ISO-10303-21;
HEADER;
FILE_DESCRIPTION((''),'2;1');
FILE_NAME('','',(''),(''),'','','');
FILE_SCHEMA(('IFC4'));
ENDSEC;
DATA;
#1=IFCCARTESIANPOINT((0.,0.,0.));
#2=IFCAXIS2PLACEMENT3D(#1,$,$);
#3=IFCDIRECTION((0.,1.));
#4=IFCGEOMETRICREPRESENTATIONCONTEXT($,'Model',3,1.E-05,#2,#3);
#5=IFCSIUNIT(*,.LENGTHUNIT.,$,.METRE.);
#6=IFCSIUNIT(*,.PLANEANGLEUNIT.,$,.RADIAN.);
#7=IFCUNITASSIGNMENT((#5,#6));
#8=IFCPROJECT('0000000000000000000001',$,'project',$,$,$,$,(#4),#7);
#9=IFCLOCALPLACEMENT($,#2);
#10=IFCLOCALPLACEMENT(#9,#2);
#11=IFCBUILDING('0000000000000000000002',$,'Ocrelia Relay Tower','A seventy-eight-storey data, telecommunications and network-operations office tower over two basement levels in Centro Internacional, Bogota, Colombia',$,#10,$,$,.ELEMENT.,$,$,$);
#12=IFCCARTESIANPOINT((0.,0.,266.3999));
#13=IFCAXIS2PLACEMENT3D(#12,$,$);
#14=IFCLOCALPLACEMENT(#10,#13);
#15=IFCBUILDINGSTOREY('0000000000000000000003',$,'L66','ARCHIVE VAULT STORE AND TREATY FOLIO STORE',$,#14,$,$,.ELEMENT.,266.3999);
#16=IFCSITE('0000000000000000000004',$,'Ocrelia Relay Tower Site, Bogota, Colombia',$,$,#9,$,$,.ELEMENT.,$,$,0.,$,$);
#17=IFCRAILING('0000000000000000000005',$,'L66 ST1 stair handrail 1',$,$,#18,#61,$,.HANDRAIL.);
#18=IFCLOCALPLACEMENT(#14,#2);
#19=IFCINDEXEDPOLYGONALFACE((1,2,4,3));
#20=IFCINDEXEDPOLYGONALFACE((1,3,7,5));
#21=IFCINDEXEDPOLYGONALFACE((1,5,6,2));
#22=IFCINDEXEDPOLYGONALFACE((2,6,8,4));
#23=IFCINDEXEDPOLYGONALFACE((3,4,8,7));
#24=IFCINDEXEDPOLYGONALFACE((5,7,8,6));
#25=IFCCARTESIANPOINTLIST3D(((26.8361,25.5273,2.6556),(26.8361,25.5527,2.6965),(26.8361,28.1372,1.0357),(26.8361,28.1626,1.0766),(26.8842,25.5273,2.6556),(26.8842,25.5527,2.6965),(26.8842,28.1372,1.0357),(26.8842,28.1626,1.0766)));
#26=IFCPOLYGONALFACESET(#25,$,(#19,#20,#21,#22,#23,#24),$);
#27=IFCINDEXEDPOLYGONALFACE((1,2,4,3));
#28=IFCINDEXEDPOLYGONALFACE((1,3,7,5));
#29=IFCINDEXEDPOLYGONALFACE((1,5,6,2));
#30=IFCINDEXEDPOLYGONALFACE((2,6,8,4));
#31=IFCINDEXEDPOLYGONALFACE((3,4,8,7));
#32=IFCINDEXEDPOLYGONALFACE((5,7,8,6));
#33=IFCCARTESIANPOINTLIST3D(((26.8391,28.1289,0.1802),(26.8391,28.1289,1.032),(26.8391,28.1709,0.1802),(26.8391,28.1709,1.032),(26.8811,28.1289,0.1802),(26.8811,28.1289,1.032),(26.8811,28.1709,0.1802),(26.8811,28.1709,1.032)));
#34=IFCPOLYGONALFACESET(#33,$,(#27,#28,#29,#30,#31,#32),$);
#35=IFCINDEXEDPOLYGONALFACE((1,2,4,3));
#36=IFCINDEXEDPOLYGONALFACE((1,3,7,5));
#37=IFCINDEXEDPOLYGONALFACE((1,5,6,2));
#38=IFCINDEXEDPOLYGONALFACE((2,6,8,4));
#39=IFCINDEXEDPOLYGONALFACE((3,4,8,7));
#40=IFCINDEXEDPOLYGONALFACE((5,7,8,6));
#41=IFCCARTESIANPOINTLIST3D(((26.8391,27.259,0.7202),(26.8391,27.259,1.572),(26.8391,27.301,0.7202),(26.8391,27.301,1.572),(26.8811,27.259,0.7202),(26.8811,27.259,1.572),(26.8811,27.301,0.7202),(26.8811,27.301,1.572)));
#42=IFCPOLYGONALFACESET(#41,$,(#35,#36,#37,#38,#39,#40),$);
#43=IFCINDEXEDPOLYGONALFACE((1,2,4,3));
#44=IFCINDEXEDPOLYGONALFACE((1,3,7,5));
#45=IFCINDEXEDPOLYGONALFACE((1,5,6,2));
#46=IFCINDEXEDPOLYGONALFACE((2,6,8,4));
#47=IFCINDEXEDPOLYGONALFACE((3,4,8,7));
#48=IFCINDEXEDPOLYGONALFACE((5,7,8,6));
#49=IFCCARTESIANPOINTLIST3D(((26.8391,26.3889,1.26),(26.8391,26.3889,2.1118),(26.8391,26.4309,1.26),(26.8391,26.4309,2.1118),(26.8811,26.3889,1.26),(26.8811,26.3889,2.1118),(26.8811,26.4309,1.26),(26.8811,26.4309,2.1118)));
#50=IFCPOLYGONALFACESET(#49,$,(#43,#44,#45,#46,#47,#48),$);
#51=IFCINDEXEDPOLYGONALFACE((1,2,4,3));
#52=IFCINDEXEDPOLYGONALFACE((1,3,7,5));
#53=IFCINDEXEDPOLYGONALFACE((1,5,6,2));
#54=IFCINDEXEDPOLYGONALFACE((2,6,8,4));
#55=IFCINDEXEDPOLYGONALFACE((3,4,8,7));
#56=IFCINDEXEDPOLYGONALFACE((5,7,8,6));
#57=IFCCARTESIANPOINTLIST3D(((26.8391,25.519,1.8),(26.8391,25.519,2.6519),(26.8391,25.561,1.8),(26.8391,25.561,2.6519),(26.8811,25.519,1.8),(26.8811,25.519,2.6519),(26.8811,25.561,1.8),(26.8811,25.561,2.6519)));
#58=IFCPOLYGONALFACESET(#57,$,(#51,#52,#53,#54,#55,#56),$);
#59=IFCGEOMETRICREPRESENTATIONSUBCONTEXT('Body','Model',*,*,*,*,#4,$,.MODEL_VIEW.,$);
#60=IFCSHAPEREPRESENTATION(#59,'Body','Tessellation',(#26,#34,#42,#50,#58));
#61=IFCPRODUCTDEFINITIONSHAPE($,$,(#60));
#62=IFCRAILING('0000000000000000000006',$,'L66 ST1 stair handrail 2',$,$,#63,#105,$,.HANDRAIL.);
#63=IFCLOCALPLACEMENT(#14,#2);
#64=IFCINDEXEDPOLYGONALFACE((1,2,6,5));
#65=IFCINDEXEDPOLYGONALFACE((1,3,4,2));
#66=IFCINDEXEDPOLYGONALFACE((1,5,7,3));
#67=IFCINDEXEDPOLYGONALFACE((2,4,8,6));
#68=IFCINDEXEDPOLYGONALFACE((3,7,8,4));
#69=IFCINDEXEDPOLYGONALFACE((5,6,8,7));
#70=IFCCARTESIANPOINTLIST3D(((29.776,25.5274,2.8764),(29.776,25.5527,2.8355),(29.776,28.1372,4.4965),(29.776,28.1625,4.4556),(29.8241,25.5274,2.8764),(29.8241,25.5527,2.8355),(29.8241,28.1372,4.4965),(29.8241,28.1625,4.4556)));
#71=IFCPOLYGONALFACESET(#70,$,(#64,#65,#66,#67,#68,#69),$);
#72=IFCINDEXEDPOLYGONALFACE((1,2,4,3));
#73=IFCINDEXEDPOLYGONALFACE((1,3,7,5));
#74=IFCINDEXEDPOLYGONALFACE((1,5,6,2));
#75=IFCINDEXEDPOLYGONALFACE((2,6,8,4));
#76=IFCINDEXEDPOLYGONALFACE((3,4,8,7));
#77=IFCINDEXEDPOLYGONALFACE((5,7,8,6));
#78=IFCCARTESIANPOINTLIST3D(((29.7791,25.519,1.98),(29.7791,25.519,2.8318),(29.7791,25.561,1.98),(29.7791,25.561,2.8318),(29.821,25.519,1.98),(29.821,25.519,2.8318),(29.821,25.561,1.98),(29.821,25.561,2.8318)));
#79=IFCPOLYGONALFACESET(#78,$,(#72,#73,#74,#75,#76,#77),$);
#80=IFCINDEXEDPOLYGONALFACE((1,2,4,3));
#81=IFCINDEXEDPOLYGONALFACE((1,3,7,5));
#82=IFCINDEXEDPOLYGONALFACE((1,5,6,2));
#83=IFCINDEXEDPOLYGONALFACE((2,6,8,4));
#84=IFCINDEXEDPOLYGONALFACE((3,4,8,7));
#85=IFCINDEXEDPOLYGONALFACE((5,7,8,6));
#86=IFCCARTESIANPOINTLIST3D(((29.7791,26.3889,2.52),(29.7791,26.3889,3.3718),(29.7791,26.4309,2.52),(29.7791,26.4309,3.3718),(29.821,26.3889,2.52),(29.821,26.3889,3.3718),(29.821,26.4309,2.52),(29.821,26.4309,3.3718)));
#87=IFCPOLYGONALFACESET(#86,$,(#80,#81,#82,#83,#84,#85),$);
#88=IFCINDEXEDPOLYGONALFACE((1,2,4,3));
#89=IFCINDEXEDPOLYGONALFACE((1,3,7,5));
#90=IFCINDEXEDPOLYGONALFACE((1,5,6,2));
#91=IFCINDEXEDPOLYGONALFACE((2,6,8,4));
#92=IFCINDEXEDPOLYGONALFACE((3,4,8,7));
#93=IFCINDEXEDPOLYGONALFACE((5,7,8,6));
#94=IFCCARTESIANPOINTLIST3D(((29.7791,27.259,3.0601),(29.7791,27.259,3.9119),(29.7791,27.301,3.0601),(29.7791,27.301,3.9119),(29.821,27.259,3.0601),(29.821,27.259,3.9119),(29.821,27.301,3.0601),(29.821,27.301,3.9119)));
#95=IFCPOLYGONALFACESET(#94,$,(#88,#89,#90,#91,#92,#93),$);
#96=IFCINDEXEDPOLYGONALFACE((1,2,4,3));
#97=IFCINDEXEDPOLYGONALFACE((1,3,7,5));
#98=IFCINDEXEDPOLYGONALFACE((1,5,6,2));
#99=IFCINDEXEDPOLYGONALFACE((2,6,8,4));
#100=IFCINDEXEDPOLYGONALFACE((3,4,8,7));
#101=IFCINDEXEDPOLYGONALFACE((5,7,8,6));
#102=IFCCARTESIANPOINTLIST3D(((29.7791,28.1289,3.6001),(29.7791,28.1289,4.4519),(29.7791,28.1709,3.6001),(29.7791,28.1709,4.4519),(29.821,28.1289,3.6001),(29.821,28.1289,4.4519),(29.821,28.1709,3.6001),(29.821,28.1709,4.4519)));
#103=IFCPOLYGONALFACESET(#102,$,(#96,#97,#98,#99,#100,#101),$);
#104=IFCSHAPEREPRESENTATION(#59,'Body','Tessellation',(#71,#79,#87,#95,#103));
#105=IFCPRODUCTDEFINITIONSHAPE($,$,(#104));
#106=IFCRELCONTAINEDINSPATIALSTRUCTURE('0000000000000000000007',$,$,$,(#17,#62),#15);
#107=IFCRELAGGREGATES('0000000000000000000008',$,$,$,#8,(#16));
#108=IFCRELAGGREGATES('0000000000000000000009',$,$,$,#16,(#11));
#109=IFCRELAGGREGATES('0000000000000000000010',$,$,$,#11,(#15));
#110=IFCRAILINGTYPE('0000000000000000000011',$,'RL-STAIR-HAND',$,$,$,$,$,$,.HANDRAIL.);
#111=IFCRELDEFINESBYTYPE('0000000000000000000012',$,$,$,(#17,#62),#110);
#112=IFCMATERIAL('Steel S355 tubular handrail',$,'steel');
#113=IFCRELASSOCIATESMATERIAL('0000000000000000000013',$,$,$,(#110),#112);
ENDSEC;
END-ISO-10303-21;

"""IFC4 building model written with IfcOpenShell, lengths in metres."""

from ifc_helpers import new_model, si_unit, direction, frame, origin, origin_2d, place, context, subcontext, project, spatial, rectangle, extrude, material, type_object, element, save


model = new_model("IFC4")

# Units and contexts
model_context = context("Model", 3, precision=1e-05, world=origin(), true_north=direction((0.0, 1.0)))
body_context = subcontext(model_context, "Body", "Model", "MODEL_VIEW")
ifc_project = project(units=[si_unit("LENGTHUNIT", "METRE"), si_unit("PLANEANGLEUNIT", "RADIAN")], contexts=[model_context])

# Site, building, storey
site_placement = place(None, origin())
site = spatial("IfcSite", under=ifc_project, at=site_placement, Name="Ocrelia Relay Tower Site, Bogota, Colombia", CompositionType="ELEMENT", RefElevation=0.0)
building_placement = place(site_placement, origin())
building = spatial("IfcBuilding", under=site, at=building_placement, Name="Ocrelia Relay Tower", Description="A seventy-eight-storey data, telecommunications and network-operations office tower over two basement levels in Centro Internacional, Bogota, Colombia", CompositionType="ELEMENT")
storey_placement = place(building_placement, frame((0.0, 0.0, 266.3999)))
storey = spatial("IfcBuildingStorey", under=building, at=storey_placement, Name="L66", Description="ARCHIVE VAULT STORE AND TREATY FOLIO STORE", CompositionType="ELEMENT", Elevation=266.3999)

# Railings
ifc_material_1 = material(Name="Steel S355 tubular handrail", Category="steel")
railing_type_1 = type_object("IfcRailingType", Name="RL-STAIR-HAND", PredefinedType="HANDRAIL", material=ifc_material_1)
railing_1_placement = place(storey_placement, frame((26.8601, 28.1499, 0.1802)))
element("IfcRailing", 1, at=railing_1_placement, inside=storey, type_object=railing_type_1, Name="L66 ST1 stair handrail 1", PredefinedType="HANDRAIL", context=body_context, shape_type="SweptSolid", body=[
    extrude(rectangle(XDim=0.0481, YDim=0.0481, at=origin_2d()), frame((0.0, 0.0, 0.876), z_axis=(0.0, -0.849646, 0.527353), x_axis=(1.0, 0.0, 0.0)), (0.0, 0.0, 1.0), 3.0718),
    extrude(rectangle(XDim=0.042, YDim=0.042, at=origin_2d()), origin(), (0.0, 0.0, 1.0), 0.8518),
    extrude(rectangle(XDim=0.042, YDim=0.042, at=origin_2d()), frame((0.0, -0.8699, 0.54)), (0.0, 0.0, 1.0), 0.8518),
    extrude(rectangle(XDim=0.042, YDim=0.042, at=origin_2d()), frame((0.0, -1.74, 1.0798)), (0.0, 0.0, 1.0), 0.8518),
    extrude(rectangle(XDim=0.042, YDim=0.042, at=origin_2d()), frame((0.0, -2.6099, 1.6199)), (0.0, 0.0, 1.0), 0.8518),
])
railing_2_placement = place(storey_placement, frame((29.8, 25.54, 1.98)))
element("IfcRailing", 2, at=railing_2_placement, inside=storey, type_object=railing_type_1, Name="L66 ST1 stair handrail 2", PredefinedType="HANDRAIL", context=body_context, shape_type="SweptSolid", body=[
    extrude(rectangle(XDim=0.0481, YDim=0.0481, at=origin_2d()), frame((0.0, 0.0, 0.876), z_axis=(0.0, 0.849611, 0.52741), x_axis=(-1.0, 0.0, 0.0)), (0.0, 0.0, 1.0), 3.0718),
    extrude(rectangle(XDim=0.042, YDim=0.042, at=origin_2d()), origin(), (0.0, 0.0, 1.0), 0.8518),
    extrude(rectangle(XDim=0.042, YDim=0.042, at=origin_2d()), frame((0.0, 0.8699, 0.54)), (0.0, 0.0, 1.0), 0.8518),
    extrude(rectangle(XDim=0.042, YDim=0.042, at=origin_2d()), frame((0.0, 1.74, 1.0801)), (0.0, 0.0, 1.0), 0.8518),
    extrude(rectangle(XDim=0.042, YDim=0.042, at=origin_2d()), frame((0.0, 2.6099, 1.6201)), (0.0, 0.0, 1.0), 0.8518),
])

save(model, "model.ifc")
